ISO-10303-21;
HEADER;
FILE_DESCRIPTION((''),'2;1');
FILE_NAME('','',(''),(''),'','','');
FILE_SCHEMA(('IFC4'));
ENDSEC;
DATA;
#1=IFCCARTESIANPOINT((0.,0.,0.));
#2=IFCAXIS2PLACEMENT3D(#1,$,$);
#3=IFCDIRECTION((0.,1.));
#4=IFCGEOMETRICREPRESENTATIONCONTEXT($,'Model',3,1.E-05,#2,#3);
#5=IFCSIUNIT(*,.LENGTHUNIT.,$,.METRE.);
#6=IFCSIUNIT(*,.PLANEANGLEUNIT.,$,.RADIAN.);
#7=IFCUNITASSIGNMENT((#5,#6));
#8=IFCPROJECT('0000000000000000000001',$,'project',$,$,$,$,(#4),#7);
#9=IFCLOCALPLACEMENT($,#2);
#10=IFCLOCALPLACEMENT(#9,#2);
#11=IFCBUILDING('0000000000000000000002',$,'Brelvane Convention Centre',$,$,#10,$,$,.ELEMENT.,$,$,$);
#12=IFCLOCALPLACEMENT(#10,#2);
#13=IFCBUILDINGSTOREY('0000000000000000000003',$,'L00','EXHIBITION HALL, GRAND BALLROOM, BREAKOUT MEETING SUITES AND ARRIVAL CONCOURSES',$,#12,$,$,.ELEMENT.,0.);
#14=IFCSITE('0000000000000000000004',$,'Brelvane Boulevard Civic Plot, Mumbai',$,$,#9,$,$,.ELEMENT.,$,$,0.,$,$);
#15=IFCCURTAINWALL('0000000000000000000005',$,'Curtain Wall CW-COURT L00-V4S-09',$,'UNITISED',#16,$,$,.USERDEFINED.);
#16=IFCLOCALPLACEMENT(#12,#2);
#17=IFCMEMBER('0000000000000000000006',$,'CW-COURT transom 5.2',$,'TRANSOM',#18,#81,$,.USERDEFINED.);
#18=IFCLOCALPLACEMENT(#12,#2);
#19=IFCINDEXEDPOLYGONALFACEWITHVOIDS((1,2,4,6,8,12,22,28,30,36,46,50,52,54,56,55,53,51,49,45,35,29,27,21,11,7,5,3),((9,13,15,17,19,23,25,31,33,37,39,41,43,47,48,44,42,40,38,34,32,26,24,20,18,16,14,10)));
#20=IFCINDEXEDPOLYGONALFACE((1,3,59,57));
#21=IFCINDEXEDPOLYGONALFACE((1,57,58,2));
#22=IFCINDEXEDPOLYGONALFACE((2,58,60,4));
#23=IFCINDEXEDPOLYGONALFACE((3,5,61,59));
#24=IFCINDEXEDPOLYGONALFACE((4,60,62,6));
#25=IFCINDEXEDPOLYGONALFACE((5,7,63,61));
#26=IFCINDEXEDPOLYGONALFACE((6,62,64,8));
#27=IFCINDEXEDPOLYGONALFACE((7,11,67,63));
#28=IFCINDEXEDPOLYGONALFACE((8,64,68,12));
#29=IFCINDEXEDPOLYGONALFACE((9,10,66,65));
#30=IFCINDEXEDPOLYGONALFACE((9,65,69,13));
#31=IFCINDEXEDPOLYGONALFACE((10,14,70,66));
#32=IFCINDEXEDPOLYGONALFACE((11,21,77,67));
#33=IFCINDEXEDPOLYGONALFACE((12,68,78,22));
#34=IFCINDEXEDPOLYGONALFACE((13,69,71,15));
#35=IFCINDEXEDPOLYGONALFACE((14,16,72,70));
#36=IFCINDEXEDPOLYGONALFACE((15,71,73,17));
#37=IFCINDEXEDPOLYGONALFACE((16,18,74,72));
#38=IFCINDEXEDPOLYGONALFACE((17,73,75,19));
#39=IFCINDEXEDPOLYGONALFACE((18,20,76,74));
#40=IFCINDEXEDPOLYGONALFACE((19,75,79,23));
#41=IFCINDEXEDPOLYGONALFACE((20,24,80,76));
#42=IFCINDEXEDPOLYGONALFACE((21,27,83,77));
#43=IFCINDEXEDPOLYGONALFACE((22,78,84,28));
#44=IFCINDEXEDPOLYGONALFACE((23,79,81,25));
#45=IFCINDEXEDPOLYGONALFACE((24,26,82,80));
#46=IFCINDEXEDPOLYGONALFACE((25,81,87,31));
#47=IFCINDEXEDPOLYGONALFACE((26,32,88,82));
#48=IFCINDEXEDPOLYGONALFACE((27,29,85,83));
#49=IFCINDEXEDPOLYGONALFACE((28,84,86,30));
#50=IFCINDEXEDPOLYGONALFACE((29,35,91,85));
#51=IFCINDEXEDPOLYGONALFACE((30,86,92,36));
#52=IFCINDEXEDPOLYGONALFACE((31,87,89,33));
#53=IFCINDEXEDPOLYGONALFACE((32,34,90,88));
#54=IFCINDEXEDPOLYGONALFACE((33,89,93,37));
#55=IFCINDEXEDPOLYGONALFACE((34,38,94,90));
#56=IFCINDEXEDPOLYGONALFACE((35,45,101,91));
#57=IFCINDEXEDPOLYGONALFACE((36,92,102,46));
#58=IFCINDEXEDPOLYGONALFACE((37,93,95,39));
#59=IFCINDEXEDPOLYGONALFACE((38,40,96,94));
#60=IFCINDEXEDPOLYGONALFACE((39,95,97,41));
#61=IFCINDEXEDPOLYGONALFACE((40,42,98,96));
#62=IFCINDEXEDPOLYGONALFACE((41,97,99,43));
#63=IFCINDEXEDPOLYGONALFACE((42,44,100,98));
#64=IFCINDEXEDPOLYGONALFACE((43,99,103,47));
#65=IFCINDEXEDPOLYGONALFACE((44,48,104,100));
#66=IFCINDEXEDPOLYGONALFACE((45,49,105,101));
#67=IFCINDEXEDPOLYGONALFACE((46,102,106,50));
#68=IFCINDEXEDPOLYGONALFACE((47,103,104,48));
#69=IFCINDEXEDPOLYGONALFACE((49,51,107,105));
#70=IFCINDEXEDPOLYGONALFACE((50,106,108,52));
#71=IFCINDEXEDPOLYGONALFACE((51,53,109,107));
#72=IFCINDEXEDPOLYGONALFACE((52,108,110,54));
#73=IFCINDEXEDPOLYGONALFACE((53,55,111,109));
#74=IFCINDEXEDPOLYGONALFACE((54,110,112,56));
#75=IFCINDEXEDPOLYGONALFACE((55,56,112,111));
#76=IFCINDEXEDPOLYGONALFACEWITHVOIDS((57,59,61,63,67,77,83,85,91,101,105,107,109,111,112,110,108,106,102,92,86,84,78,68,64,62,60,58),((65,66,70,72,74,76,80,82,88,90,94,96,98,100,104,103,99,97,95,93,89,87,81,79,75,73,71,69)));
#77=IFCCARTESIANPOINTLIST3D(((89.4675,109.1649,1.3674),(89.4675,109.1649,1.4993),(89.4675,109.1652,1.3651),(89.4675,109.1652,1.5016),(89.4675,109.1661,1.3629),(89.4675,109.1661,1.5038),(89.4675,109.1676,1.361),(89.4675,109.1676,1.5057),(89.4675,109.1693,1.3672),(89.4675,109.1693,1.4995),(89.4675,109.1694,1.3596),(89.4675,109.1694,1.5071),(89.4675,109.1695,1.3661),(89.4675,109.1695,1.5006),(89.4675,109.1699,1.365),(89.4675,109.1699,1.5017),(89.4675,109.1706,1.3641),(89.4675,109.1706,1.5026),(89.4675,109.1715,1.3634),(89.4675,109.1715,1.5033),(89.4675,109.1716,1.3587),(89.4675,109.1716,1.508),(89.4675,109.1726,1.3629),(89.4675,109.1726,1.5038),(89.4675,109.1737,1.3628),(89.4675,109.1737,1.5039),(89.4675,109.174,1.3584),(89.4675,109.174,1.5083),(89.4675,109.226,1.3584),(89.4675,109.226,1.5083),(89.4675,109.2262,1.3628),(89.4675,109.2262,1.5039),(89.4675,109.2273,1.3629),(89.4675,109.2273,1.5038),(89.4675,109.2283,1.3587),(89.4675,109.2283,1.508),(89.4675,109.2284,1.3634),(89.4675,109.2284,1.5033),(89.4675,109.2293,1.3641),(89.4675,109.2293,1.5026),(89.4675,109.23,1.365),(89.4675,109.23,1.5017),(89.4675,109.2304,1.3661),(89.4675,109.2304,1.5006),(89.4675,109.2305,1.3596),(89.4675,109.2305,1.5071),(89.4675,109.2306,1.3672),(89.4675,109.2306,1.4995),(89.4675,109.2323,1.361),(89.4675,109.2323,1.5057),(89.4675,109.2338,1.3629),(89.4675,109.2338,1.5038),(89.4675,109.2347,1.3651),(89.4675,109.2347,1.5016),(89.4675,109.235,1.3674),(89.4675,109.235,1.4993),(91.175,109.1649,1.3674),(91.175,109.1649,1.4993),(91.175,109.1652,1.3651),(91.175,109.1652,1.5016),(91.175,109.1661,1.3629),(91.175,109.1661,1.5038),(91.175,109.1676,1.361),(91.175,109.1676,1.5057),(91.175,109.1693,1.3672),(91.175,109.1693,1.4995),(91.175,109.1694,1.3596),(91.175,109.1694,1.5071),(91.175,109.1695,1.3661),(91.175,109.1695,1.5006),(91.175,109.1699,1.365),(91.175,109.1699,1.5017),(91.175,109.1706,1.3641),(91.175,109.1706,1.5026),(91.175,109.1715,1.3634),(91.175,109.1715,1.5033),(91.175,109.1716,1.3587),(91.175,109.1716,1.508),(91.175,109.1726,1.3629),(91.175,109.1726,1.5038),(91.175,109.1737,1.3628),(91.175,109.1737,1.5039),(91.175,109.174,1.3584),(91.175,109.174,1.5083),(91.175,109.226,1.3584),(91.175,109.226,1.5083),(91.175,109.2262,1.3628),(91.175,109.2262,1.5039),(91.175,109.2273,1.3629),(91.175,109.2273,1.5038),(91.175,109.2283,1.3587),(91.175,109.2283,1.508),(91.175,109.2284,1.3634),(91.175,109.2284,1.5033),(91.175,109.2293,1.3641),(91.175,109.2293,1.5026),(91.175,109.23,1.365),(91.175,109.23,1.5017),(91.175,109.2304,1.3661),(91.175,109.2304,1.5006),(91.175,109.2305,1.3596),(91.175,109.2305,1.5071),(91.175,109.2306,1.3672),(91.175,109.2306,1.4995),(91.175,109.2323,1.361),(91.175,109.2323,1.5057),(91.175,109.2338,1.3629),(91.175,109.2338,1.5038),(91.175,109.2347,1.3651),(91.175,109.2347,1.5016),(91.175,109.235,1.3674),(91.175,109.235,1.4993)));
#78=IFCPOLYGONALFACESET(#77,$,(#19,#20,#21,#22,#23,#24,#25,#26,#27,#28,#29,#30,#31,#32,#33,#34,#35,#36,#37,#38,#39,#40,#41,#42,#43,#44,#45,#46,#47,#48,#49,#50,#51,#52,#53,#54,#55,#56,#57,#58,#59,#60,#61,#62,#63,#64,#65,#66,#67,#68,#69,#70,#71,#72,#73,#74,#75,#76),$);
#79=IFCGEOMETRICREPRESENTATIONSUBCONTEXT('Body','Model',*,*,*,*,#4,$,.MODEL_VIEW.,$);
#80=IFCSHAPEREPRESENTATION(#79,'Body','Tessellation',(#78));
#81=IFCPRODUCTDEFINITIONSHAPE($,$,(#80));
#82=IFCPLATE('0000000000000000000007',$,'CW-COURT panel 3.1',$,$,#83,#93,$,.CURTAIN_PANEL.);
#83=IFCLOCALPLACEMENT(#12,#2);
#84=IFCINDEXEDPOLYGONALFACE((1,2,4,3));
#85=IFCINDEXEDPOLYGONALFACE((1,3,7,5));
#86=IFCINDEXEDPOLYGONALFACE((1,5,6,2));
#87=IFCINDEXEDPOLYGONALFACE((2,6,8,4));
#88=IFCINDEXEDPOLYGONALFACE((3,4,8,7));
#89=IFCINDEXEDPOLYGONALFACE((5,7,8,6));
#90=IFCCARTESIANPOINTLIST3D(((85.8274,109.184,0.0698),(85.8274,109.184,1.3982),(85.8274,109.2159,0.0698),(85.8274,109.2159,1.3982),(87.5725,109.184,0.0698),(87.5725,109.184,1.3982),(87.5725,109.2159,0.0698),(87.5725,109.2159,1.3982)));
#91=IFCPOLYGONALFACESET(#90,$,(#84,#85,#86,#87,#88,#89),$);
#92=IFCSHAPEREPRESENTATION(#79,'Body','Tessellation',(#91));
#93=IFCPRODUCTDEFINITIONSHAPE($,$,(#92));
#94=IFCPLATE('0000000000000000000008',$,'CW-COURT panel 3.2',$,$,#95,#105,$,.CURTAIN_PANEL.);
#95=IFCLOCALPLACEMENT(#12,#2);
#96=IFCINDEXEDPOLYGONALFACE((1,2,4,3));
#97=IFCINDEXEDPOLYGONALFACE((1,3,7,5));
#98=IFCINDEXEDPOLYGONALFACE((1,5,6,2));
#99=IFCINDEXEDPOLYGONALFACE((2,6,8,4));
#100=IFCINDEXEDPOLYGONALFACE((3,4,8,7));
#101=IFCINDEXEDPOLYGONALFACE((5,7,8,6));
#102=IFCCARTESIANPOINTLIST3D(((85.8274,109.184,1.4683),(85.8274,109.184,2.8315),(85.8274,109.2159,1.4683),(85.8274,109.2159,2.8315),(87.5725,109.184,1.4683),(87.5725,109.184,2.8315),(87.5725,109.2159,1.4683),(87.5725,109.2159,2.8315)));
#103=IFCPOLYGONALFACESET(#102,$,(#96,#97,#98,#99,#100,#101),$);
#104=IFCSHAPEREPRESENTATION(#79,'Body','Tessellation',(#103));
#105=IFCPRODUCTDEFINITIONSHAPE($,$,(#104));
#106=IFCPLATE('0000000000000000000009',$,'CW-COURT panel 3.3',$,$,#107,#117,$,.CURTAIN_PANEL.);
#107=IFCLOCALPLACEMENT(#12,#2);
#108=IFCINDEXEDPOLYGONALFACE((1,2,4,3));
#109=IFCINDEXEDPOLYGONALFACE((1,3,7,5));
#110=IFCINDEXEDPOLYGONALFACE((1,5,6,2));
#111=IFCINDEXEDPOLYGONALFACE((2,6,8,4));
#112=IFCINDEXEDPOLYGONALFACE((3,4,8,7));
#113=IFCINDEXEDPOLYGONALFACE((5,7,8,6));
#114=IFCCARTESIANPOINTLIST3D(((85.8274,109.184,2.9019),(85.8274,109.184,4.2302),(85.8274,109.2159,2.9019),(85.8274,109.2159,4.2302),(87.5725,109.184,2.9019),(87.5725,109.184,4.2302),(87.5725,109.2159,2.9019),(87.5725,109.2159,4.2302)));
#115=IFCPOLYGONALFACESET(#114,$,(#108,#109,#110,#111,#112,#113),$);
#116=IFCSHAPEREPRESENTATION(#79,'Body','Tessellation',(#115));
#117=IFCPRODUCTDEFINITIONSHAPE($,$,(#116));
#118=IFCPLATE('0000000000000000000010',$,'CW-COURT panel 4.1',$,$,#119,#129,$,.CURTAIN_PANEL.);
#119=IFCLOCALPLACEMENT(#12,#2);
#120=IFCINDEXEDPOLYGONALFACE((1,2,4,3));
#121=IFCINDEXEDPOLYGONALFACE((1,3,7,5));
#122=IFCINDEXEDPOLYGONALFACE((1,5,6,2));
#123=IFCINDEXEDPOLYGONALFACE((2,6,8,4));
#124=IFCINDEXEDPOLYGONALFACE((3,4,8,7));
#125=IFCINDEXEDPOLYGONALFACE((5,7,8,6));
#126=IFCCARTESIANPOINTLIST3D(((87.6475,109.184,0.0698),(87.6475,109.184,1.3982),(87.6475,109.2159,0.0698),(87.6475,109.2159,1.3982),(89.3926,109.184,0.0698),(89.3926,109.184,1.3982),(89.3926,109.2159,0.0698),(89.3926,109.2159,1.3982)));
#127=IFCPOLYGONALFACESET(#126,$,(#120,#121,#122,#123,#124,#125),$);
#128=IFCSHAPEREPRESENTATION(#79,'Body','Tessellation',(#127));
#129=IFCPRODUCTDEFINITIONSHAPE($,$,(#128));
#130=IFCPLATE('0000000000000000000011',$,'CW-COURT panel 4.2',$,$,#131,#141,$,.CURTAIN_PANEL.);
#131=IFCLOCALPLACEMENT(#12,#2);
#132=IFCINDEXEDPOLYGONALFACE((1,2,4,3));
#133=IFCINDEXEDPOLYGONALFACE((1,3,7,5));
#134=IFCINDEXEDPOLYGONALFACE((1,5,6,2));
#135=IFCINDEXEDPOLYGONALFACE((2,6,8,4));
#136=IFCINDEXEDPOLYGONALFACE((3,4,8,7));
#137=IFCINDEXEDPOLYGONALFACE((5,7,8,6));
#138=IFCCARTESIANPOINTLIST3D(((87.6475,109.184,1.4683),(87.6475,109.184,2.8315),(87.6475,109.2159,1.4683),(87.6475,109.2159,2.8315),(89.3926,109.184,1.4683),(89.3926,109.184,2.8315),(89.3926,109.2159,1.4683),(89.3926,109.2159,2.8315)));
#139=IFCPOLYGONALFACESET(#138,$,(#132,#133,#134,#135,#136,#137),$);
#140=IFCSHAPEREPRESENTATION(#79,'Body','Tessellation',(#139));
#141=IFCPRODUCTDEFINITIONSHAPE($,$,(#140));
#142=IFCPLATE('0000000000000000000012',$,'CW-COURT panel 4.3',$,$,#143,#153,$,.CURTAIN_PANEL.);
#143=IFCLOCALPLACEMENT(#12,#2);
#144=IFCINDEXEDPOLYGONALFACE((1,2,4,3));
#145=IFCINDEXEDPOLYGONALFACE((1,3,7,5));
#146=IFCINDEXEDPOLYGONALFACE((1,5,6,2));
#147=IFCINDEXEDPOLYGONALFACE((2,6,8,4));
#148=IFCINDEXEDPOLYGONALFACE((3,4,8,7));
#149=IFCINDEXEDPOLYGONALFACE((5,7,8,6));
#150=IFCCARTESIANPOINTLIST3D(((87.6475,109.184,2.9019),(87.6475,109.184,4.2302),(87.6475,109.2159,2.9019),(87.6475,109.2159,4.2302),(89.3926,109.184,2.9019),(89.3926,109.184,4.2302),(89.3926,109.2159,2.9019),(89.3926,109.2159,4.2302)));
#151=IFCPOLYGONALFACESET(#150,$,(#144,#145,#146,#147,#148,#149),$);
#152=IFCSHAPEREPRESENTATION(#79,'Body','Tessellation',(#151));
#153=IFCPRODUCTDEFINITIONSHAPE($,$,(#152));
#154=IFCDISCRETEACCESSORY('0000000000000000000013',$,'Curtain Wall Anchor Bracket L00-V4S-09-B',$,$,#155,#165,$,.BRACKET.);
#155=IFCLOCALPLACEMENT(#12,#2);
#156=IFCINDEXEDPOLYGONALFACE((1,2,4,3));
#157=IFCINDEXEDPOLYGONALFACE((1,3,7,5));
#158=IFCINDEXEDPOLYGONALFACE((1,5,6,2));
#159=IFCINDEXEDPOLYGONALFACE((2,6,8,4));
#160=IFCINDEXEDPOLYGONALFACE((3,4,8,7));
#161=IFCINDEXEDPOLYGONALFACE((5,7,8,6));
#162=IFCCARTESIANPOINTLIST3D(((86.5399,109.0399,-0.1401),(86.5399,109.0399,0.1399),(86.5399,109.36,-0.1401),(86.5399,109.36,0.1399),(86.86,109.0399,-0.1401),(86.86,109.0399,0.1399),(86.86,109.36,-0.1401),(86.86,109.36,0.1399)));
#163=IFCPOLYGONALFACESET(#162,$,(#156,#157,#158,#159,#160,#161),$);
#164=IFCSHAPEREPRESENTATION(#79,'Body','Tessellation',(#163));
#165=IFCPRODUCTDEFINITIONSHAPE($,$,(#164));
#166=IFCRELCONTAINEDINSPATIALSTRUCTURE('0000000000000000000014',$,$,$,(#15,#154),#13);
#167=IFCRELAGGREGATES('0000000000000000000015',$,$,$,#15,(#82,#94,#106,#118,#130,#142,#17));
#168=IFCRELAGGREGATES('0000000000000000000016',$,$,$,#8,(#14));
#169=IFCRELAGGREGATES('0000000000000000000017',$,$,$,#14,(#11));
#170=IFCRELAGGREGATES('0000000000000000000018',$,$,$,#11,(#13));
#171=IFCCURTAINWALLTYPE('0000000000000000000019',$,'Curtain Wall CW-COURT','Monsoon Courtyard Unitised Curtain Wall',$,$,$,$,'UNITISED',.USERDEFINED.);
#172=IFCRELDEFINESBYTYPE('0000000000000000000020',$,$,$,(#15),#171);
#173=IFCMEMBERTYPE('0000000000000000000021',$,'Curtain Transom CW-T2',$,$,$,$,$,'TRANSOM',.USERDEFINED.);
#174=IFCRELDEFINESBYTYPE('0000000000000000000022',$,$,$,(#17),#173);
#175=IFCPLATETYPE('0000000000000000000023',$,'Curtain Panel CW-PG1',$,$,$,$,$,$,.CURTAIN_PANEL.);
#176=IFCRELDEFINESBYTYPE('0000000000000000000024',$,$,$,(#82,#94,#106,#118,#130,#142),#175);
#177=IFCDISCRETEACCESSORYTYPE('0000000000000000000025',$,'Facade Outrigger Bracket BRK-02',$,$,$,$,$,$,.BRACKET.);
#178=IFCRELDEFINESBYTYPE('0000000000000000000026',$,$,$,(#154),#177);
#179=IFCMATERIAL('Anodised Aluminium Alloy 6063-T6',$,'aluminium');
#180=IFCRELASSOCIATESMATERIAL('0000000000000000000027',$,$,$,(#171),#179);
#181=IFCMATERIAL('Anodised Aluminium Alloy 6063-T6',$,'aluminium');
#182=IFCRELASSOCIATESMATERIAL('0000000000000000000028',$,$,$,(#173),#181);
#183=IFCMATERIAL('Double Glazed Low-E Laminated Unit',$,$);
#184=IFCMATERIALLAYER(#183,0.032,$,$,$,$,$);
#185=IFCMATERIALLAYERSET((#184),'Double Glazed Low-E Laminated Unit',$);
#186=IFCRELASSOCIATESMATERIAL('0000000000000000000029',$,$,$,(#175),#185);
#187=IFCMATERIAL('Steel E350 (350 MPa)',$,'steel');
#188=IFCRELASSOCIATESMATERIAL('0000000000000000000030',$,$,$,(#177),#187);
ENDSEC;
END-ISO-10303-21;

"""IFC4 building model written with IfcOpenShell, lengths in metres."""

from ifc_helpers import new_model, si_unit, direction, frame, origin, origin_2d, place, context, subcontext, project, spatial, rectangle, hollow_rectangle, extrude, material, layer, layer_set, material_profile, profile_set, type_object, element, aggregate, save


model = new_model("IFC4")

# Units and contexts
model_context = context("Model", 3, precision=1e-05, world=origin(), true_north=direction((0.0, 1.0)))
body_context = subcontext(model_context, "Body", "Model", "MODEL_VIEW")
ifc_project = project(units=[si_unit("LENGTHUNIT", "METRE"), si_unit("PLANEANGLEUNIT", "RADIAN")], contexts=[model_context])

# Site, building, storey
site_placement = place(None, origin())
site = spatial("IfcSite", under=ifc_project, at=site_placement, Name="Brelvane Boulevard Civic Plot, Mumbai", CompositionType="ELEMENT", RefElevation=0.0)
building_placement = place(site_placement, origin())
building = spatial("IfcBuilding", under=site, at=building_placement, Name="Brelvane Convention Centre", CompositionType="ELEMENT")
storey_placement = place(building_placement, origin())
storey = spatial("IfcBuildingStorey", under=building, at=storey_placement, Name="L00", Description="EXHIBITION HALL, GRAND BALLROOM, BREAKOUT MEETING SUITES AND ARRIVAL CONCOURSES", CompositionType="ELEMENT", Elevation=0.0)

# Curtain wall, member, plates
ifc_material_1 = material(Name="Anodised Aluminium Alloy 6063-T6", Category="aluminium")
curtain_wall_type = type_object("IfcCurtainWallType", Name="Curtain Wall CW-COURT", Description="Monsoon Courtyard Unitised Curtain Wall", ElementType="UNITISED", PredefinedType="USERDEFINED", material=ifc_material_1)
curtain_wall_placement = place(storey_placement, origin())
curtain_wall = element("IfcCurtainWall", 1, at=curtain_wall_placement, inside=storey, type_object=curtain_wall_type, Name="Curtain Wall CW-COURT L00-V4S-09", ObjectType="UNITISED", PredefinedType="USERDEFINED")
ifc_material_2 = material(Name="Anodised Aluminium Alloy 6063-T6", Category="aluminium")
ifc_material_profile_1 = material_profile(ifc_material_2, hollow_rectangle(XDim=0.0701, YDim=0.1499, WallThickness=0.0044, InnerFilletRadius=0.0044, OuterFilletRadius=0.009, at=origin_2d()), Name="ALU-T 150x70x4.5")
ifc_profile_set_1 = profile_set([ifc_material_profile_1], Name="Anodised Aluminium Alloy 6063-T6")
member_type_1 = type_object("IfcMemberType", Name="Curtain Transom CW-T2", ElementType="TRANSOM", PredefinedType="USERDEFINED", material=ifc_profile_set_1)
member_1_placement = place(storey_placement, frame((89.4675, 109.2, 1.4333), z_axis=(1.0, 0.0, 0.0), x_axis=(0.0, 1.0, 0.0)))
member_1 = element("IfcMember", 2, at=member_1_placement, type_object=member_type_1, Name="CW-COURT transom 5.2", ObjectType="TRANSOM", PredefinedType="USERDEFINED", context=body_context, shape_type="SweptSolid", body=[
    extrude(hollow_rectangle(XDim=0.0701, YDim=0.1499, WallThickness=0.0044, InnerFilletRadius=0.0044, OuterFilletRadius=0.009, at=origin_2d()), origin(), (0.0, 0.0, 1.0), 1.7075),
])
ifc_material_3 = material(Name="Double Glazed Low-E Laminated Unit")
ifc_layer = layer(ifc_material_3, 0.032)
ifc_layer_set = layer_set([ifc_layer], Name="Double Glazed Low-E Laminated Unit")
plate_type = type_object("IfcPlateType", Name="Curtain Panel CW-PG1", PredefinedType="CURTAIN_PANEL", material=ifc_layer_set)
plate_1_placement = place(storey_placement, frame((86.7, 109.2, 0.0698), z_axis=(0.0, 0.0, 1.0), x_axis=(1.0, 0.0, 0.0)))
plate_1 = element("IfcPlate", 3, at=plate_1_placement, type_object=plate_type, Name="CW-COURT panel 3.1", PredefinedType="CURTAIN_PANEL", context=body_context, shape_type="SweptSolid", body=[
    extrude(rectangle(XDim=1.7451, YDim=0.032, at=origin_2d()), origin(), (0.0, 0.0, 1.0), 1.3284),
])
plate_2_placement = place(storey_placement, frame((86.7, 109.2, 1.4683), z_axis=(0.0, 0.0, 1.0), x_axis=(1.0, 0.0, 0.0)))
plate_2 = element("IfcPlate", 4, at=plate_2_placement, type_object=plate_type, Name="CW-COURT panel 3.2", PredefinedType="CURTAIN_PANEL", context=body_context, shape_type="SweptSolid", body=[
    extrude(rectangle(XDim=1.7451, YDim=0.032, at=origin_2d()), origin(), (0.0, 0.0, 1.0), 1.3633),
])
plate_3_placement = place(storey_placement, frame((86.7, 109.2, 2.9019), z_axis=(0.0, 0.0, 1.0), x_axis=(1.0, 0.0, 0.0)))
plate_3 = element("IfcPlate", 5, at=plate_3_placement, type_object=plate_type, Name="CW-COURT panel 3.3", PredefinedType="CURTAIN_PANEL", context=body_context, shape_type="SweptSolid", body=[
    extrude(rectangle(XDim=1.7451, YDim=0.032, at=origin_2d()), origin(), (0.0, 0.0, 1.0), 1.3284),
])
plate_4_placement = place(storey_placement, frame((88.52, 109.2, 0.0698), z_axis=(0.0, 0.0, 1.0), x_axis=(1.0, 0.0, 0.0)))
plate_4 = element("IfcPlate", 6, at=plate_4_placement, type_object=plate_type, Name="CW-COURT panel 4.1", PredefinedType="CURTAIN_PANEL", context=body_context, shape_type="SweptSolid", body=[
    extrude(rectangle(XDim=1.7451, YDim=0.032, at=origin_2d()), origin(), (0.0, 0.0, 1.0), 1.3284),
])
plate_5_placement = place(storey_placement, frame((88.52, 109.2, 1.4683), z_axis=(0.0, 0.0, 1.0), x_axis=(1.0, 0.0, 0.0)))
plate_5 = element("IfcPlate", 7, at=plate_5_placement, type_object=plate_type, Name="CW-COURT panel 4.2", PredefinedType="CURTAIN_PANEL", context=body_context, shape_type="SweptSolid", body=[
    extrude(rectangle(XDim=1.7451, YDim=0.032, at=origin_2d()), origin(), (0.0, 0.0, 1.0), 1.3633),
])
plate_6_placement = place(storey_placement, frame((88.52, 109.2, 2.9019), z_axis=(0.0, 0.0, 1.0), x_axis=(1.0, 0.0, 0.0)))
plate_6 = element("IfcPlate", 8, at=plate_6_placement, type_object=plate_type, Name="CW-COURT panel 4.3", PredefinedType="CURTAIN_PANEL", context=body_context, shape_type="SweptSolid", body=[
    extrude(rectangle(XDim=1.7451, YDim=0.032, at=origin_2d()), origin(), (0.0, 0.0, 1.0), 1.3284),
])
aggregate(curtain_wall, [plate_1, plate_2, plate_3, plate_4, plate_5, plate_6, member_1])

# Discrete accessory
ifc_material_4 = material(Name="Steel E350 (350 MPa)", Category="steel")
discrete_accessory_type = type_object("IfcDiscreteAccessoryType", Name="Facade Outrigger Bracket BRK-02", PredefinedType="BRACKET", material=ifc_material_4)
discrete_accessory_placement = place(storey_placement, frame((86.7, 109.2, -0.1401), z_axis=(0.0, 0.0, 1.0), x_axis=(1.0, 0.0, 0.0)))
element("IfcDiscreteAccessory", 9, at=discrete_accessory_placement, inside=storey, type_object=discrete_accessory_type, Name="Curtain Wall Anchor Bracket L00-V4S-09-B", PredefinedType="BRACKET", context=body_context, shape_type="SweptSolid", body=[
    extrude(rectangle(XDim=0.3201, YDim=0.3201, at=origin_2d()), origin(), (0.0, 0.0, 1.0), 0.28),
])

save(model, "model.ifc")
